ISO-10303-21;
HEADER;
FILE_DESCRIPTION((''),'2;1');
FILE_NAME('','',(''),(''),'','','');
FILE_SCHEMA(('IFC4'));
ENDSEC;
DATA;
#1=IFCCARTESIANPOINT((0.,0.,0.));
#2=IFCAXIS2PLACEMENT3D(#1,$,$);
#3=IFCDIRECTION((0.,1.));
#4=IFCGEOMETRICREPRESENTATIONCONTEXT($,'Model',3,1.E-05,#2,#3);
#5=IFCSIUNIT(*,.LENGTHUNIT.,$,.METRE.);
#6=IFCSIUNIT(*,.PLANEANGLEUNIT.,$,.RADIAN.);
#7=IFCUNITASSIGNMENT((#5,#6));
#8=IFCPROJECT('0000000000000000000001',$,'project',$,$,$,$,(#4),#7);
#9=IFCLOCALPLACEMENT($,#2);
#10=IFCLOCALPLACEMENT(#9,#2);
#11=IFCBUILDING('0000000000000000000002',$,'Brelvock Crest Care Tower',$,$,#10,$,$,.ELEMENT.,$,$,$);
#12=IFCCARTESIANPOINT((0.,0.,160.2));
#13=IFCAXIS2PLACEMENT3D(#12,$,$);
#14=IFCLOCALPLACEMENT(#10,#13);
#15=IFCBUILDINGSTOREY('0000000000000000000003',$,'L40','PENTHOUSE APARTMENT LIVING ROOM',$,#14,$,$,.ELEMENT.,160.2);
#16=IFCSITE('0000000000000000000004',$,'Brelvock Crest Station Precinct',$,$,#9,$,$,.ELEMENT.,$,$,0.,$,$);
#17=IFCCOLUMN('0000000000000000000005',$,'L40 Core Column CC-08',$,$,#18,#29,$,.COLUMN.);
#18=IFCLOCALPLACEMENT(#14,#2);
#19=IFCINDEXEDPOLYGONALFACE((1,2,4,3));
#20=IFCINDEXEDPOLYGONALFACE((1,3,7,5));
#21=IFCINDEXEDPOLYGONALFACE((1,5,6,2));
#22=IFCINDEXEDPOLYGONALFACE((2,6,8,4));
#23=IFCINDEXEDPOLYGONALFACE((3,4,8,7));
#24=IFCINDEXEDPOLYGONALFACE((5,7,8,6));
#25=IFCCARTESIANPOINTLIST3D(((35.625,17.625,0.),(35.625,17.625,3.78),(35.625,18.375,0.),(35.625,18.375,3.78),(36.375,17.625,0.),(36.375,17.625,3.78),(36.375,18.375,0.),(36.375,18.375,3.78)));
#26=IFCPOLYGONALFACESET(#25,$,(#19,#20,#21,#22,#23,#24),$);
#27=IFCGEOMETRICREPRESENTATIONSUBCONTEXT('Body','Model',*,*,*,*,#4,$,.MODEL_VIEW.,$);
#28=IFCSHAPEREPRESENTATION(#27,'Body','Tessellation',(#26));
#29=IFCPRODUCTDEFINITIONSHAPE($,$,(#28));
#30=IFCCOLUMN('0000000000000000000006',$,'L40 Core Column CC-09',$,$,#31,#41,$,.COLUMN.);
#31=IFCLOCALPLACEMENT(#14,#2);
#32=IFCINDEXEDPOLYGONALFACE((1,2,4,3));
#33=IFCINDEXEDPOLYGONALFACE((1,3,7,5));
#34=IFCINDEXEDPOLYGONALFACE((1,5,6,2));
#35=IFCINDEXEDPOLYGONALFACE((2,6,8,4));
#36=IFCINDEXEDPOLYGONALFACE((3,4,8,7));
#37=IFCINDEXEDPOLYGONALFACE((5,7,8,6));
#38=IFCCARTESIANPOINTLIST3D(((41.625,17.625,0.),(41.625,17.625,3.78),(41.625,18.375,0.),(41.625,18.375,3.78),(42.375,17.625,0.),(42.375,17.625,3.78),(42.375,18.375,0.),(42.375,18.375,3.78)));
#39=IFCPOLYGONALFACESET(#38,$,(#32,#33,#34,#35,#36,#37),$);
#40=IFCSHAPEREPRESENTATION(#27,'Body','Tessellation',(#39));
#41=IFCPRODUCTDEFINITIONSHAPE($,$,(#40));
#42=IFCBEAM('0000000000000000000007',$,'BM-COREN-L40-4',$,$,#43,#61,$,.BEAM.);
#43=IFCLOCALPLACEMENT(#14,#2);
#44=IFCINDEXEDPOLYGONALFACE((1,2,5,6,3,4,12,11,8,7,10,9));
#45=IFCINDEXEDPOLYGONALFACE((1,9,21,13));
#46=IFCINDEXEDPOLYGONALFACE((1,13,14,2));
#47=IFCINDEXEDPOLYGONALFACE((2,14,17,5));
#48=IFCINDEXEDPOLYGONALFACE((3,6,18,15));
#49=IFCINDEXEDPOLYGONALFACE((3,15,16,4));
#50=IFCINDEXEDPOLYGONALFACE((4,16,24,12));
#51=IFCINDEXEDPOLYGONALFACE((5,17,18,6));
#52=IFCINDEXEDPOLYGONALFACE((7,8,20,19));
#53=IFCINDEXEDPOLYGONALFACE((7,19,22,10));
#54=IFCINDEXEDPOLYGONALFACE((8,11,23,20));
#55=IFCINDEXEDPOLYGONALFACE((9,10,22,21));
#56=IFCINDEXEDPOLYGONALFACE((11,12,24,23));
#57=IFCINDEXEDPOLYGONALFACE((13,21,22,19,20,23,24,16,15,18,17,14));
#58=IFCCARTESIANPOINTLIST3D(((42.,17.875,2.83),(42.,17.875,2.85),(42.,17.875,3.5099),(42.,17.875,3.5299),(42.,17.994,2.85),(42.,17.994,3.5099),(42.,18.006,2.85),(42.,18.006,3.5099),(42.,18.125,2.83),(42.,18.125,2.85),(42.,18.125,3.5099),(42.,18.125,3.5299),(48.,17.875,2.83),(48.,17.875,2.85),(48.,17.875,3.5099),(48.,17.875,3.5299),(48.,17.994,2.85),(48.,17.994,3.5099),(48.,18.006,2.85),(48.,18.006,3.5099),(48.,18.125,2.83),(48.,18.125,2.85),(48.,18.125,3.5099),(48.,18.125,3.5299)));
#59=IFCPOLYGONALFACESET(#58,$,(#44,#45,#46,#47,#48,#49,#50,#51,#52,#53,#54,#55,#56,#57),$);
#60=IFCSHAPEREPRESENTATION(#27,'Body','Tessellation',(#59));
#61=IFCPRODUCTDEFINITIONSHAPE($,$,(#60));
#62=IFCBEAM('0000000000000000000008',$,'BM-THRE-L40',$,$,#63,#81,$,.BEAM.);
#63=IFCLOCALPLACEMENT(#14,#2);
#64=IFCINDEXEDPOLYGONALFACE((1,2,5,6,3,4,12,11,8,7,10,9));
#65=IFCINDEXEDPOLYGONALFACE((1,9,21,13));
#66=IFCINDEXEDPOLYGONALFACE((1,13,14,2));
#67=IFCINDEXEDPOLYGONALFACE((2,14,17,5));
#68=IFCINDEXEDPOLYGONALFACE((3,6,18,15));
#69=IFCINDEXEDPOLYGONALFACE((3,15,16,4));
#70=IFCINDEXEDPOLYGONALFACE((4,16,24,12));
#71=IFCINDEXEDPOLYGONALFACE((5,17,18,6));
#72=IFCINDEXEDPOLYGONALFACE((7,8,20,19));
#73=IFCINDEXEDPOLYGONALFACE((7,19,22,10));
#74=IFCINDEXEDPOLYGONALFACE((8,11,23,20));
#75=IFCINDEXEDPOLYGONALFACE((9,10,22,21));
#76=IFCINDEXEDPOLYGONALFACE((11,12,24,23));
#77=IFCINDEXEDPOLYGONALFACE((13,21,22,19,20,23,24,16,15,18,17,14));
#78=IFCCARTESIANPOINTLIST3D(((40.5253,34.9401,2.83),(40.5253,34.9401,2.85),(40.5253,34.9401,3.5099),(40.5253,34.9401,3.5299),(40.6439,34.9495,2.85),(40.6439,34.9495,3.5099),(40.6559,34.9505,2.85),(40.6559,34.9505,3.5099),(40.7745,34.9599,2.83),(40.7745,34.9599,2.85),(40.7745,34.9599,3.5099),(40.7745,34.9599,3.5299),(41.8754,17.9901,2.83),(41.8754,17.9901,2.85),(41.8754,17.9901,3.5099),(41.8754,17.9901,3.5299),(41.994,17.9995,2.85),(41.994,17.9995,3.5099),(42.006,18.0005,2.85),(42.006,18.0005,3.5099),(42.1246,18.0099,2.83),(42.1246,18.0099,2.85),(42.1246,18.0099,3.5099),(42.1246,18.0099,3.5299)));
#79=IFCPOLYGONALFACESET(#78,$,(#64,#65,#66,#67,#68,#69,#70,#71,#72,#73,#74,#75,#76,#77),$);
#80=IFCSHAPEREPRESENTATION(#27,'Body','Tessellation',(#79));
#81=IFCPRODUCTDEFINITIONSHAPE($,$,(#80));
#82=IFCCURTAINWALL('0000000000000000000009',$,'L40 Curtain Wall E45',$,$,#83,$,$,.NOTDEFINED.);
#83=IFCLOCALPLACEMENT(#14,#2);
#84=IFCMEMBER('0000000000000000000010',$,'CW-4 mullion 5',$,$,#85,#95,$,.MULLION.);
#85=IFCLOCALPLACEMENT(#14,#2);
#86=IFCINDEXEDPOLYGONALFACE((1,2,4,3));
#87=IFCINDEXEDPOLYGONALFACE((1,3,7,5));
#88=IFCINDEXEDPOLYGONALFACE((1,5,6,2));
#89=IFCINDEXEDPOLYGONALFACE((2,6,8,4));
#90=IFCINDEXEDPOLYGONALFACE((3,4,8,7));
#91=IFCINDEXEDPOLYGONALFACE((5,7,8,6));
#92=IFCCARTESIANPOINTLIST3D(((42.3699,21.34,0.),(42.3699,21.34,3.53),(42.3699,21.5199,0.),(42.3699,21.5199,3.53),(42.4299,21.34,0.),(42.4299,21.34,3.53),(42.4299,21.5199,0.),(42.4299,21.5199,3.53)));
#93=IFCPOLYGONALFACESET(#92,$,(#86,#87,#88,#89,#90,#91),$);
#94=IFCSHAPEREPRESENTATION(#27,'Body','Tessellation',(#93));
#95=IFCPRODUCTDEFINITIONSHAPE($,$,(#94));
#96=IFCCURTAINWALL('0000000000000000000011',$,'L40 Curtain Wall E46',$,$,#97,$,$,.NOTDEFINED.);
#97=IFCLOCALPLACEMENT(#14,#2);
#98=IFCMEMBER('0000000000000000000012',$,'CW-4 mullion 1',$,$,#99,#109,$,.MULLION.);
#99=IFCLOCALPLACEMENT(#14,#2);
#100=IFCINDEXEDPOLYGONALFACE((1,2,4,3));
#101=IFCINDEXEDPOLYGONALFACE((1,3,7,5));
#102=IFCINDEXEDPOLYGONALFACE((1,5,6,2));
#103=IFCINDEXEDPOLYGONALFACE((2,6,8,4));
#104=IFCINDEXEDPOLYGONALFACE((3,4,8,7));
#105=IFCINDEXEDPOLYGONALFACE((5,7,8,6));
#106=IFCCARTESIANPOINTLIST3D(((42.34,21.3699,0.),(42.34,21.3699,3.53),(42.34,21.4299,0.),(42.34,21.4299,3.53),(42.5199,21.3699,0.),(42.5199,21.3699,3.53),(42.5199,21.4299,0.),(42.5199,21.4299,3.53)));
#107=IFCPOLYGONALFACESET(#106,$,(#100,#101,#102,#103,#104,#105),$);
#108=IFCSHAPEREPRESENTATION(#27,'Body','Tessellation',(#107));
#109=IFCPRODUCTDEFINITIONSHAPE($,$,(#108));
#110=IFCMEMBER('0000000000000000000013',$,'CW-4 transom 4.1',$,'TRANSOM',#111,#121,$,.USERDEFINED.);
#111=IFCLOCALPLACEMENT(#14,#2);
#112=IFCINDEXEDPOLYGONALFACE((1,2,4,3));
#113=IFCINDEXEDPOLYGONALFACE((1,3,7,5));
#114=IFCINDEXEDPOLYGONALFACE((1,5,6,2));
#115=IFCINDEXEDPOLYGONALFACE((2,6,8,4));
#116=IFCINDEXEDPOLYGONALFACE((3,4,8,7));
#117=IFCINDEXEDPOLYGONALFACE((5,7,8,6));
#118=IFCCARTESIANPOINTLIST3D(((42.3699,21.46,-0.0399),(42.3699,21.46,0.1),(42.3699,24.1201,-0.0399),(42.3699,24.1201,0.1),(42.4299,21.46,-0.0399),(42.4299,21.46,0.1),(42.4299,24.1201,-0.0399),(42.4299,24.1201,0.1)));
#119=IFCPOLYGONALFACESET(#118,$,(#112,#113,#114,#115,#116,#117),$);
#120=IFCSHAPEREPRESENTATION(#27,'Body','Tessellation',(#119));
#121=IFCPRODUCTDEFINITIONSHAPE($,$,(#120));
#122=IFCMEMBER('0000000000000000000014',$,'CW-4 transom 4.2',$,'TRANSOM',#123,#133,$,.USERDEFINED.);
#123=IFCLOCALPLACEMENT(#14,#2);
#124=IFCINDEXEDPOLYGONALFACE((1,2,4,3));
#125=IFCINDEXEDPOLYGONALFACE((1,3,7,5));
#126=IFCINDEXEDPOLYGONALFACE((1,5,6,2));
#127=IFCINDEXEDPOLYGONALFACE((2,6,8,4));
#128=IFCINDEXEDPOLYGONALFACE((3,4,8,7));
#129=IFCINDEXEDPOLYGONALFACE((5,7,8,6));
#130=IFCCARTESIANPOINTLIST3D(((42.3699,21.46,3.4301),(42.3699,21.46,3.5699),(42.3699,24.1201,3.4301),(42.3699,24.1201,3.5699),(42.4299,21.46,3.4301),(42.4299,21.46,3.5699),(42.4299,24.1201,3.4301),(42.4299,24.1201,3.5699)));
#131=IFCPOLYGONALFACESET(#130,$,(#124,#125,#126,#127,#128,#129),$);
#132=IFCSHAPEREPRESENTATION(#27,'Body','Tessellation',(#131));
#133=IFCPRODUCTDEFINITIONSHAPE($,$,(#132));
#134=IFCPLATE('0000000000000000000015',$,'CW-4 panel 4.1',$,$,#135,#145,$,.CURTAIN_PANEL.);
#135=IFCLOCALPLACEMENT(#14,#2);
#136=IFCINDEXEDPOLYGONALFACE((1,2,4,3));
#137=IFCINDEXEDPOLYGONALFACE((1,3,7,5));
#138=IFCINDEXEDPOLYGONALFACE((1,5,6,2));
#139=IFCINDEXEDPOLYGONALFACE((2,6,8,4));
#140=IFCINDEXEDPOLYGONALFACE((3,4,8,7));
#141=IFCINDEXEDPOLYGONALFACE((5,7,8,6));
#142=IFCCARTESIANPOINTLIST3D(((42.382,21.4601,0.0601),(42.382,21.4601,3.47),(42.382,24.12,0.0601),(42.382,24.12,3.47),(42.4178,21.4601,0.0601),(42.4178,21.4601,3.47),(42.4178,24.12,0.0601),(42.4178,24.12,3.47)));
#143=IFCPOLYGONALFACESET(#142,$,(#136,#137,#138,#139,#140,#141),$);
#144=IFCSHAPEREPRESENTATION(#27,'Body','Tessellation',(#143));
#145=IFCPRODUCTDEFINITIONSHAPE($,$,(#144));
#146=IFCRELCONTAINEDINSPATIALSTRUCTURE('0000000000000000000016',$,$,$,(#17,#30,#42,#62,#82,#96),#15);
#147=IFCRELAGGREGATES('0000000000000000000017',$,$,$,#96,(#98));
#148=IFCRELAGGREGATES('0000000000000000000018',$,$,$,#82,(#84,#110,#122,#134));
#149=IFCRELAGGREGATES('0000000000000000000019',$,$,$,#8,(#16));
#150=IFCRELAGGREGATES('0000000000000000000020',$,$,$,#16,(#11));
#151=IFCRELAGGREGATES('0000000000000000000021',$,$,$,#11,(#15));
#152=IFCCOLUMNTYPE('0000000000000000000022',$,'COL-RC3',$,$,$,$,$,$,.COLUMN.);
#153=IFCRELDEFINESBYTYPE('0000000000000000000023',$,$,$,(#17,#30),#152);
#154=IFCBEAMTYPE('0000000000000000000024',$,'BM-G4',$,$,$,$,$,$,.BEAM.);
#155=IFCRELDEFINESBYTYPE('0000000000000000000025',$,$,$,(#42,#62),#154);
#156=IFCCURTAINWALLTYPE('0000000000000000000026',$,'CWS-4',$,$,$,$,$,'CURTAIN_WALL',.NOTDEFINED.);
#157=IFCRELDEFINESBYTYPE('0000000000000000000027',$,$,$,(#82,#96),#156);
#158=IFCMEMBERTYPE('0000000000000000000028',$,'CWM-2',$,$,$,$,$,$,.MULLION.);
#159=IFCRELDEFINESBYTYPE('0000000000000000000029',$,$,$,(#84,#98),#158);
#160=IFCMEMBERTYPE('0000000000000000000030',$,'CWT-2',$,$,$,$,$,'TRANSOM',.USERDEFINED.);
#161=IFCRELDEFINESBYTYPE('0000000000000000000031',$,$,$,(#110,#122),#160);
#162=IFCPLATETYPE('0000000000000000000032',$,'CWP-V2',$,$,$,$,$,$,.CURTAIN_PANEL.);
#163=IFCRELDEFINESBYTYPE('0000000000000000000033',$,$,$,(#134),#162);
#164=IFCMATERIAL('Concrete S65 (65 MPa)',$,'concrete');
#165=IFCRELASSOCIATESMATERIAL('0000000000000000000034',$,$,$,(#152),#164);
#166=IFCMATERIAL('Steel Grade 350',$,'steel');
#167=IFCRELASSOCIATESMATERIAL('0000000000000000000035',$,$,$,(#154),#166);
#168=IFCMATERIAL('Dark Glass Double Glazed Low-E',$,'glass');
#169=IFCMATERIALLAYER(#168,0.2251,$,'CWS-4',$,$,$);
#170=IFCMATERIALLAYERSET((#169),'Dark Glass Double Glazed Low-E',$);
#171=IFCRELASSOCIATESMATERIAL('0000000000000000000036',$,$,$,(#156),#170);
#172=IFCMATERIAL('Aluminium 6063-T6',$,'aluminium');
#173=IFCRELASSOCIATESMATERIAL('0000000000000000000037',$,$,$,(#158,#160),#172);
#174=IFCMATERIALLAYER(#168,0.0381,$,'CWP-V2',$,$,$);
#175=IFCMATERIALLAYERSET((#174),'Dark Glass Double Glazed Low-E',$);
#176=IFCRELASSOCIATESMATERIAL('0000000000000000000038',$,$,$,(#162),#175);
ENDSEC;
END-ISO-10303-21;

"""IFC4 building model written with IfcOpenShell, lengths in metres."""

from ifc_helpers import new_model, si_unit, direction, frame, origin, origin_2d, place, context, subcontext, project, spatial, rectangle, i_section, extrude, source, transform, mapped, material, layer, layer_set, material_profile, profile_set, type_object, element, aggregate, save


model = new_model("IFC4")

# Units and contexts
model_context = context("Model", 3, precision=1e-05, world=origin(), true_north=direction((0.0, 1.0)))
body_context = subcontext(model_context, "Body", "Model", "MODEL_VIEW")
ifc_project = project(units=[si_unit("LENGTHUNIT", "METRE"), si_unit("PLANEANGLEUNIT", "RADIAN")], contexts=[model_context])

# Site, building, storey
site_placement = place(None, origin())
site = spatial("IfcSite", under=ifc_project, at=site_placement, Name="Brelvock Crest Station Precinct", CompositionType="ELEMENT", RefElevation=0.0)
building_placement = place(site_placement, origin())
building = spatial("IfcBuilding", under=site, at=building_placement, Name="Brelvock Crest Care Tower", CompositionType="ELEMENT")
storey_placement = place(building_placement, frame((0.0, 0.0, 160.2)))
storey = spatial("IfcBuildingStorey", under=building, at=storey_placement, Name="L40", Description="PENTHOUSE APARTMENT LIVING ROOM", CompositionType="ELEMENT", Elevation=160.2)

# Columns
ifc_material_1 = material(Name="Concrete S65 (65 MPa)", Category="concrete")
ifc_material_profile_1 = material_profile(ifc_material_1, rectangle(XDim=0.75, YDim=0.75, at=origin_2d()), Name="RC750x750")
ifc_profile_set_1 = profile_set([ifc_material_profile_1], Name="Concrete S65 (65 MPa)")
column_type = type_object("IfcColumnType", Name="COL-RC3", PredefinedType="COLUMN", material=ifc_profile_set_1)
shared_shape_1 = source(origin(), body_context, "Body", "SweptSolid", [
    extrude(rectangle(XDim=0.75, YDim=0.75, at=origin_2d()), origin(), (0.0, 0.0, 1.0), 3.78),
])
for number, where, z_axis, x_axis, name in (
    (1, (36.0, 18.0, 0.0), (0.0, 0.0, 1.0), (1.0, 0.0, 0.0), "L40 Core Column CC-08"),
    (2, (42.0, 18.0, 0.0), (0.0, 0.0, 1.0), (1.0, 0.0, 0.0), "L40 Core Column CC-09"),
):
    element("IfcColumn", number, at=place(storey_placement, frame(where, z_axis=z_axis, x_axis=x_axis)), inside=storey, type_object=column_type, Name=name, PredefinedType="COLUMN", context=body_context, shape_type="MappedRepresentation", body=[
        mapped(shared_shape_1, transform((0.0, 0.0, 0.0), x_axis=(1.0, 0.0, 0.0), y_axis=(0.0, 1.0, 0.0), z_axis=(0.0, 0.0, 1.0), scale=1.0)),
    ])

# Beams
ifc_material_2 = material(Name="Steel Grade 350", Category="steel")
ifc_material_profile_2 = material_profile(ifc_material_2, i_section(OverallWidth=0.25, OverallDepth=0.7, WebThickness=0.012, FlangeThickness=0.02, at=origin_2d()), Name="700WB150")
ifc_profile_set_2 = profile_set([ifc_material_profile_2], Name="Steel Grade 350")
beam_type = type_object("IfcBeamType", Name="BM-G4", PredefinedType="BEAM", material=ifc_profile_set_2)
shared_shape_2 = source(origin(), body_context, "Body", "SweptSolid", [
    extrude(i_section(OverallWidth=0.25, OverallDepth=0.7, WebThickness=0.012, FlangeThickness=0.02, at=origin_2d()), origin(), (0.0, 0.0, 1.0), 6.0),
])
beam_1_placement = place(storey_placement, frame((42.0, 18.0, 3.1799), z_axis=(1.0, 0.0, 0.0), x_axis=(0.0, 1.0, 0.0)))
element("IfcBeam", 3, at=beam_1_placement, inside=storey, type_object=beam_type, Name="BM-COREN-L40-4", PredefinedType="BEAM", context=body_context, shape_type="MappedRepresentation", body=[
    mapped(shared_shape_2, transform((0.0, 0.0, 0.0), x_axis=(1.0, 0.0, 0.0), y_axis=(0.0, 1.0, 0.0), z_axis=(0.0, 0.0, 1.0), scale=1.0)),
])
shared_shape_3 = source(origin(), body_context, "Body", "SweptSolid", [
    extrude(i_section(OverallWidth=0.25, OverallDepth=0.7, WebThickness=0.012, FlangeThickness=0.02, at=origin_2d()), origin(), (0.0, 0.0, 1.0), 17.0037),
])
beam_2_placement = place(storey_placement, frame((42.0, 18.0, 3.1799), z_axis=(-0.079401, 0.996843, 0.0), x_axis=(-0.996843, -0.079401, 0.0)))
element("IfcBeam", 4, at=beam_2_placement, inside=storey, type_object=beam_type, Name="BM-THRE-L40", PredefinedType="BEAM", context=body_context, shape_type="MappedRepresentation", body=[
    mapped(shared_shape_3, transform((0.0, 0.0, 0.0), x_axis=(1.0, 0.0, 0.0), y_axis=(0.0, 1.0, 0.0), z_axis=(0.0, 0.0, 1.0), scale=1.0)),
])

# Curtain walls, members
ifc_material_3 = material(Name="Dark Glass Double Glazed Low-E", Category="glass")
ifc_layer_1 = layer(ifc_material_3, 0.2251, Name="CWS-4")
ifc_layer_set_1 = layer_set([ifc_layer_1], Name="Dark Glass Double Glazed Low-E")
curtain_wall_type = type_object("IfcCurtainWallType", Name="CWS-4", ElementType="CURTAIN_WALL", PredefinedType="NOTDEFINED", material=ifc_layer_set_1)
curtain_wall_1_placement = place(storey_placement, origin())
curtain_wall_1 = element("IfcCurtainWall", 5, at=curtain_wall_1_placement, inside=storey, type_object=curtain_wall_type, Name="L40 Curtain Wall E45", PredefinedType="NOTDEFINED")
ifc_material_4 = material(Name="Aluminium 6063-T6", Category="aluminium")
ifc_material_profile_3 = material_profile(ifc_material_4, rectangle(XDim=0.0601, YDim=0.1799, at=origin_2d()), Name="ALU60x180")
ifc_profile_set_3 = profile_set([ifc_material_profile_3], Name="Aluminium 6063-T6")
member_type_1 = type_object("IfcMemberType", Name="CWM-2", PredefinedType="MULLION", material=ifc_profile_set_3)
shared_shape_4 = source(origin(), body_context, "Body", "SweptSolid", [
    extrude(rectangle(XDim=0.0601, YDim=0.1799, at=origin_2d()), origin(), (0.0, 0.0, 1.0), 3.53),
])
member_1_placement = place(storey_placement, frame((42.3999, 21.4299, 0.0), z_axis=(0.0, 0.0, 1.0), x_axis=(1.0, 0.0, 0.0)))
member_1 = element("IfcMember", 6, at=member_1_placement, type_object=member_type_1, Name="CW-4 mullion 5", PredefinedType="MULLION", context=body_context, shape_type="MappedRepresentation", body=[
    mapped(shared_shape_4, transform((0.0, 0.0, 0.0), x_axis=(1.0, 0.0, 0.0), y_axis=(0.0, 1.0, 0.0), z_axis=(0.0, 0.0, 1.0), scale=1.0)),
])
curtain_wall_2_placement = place(storey_placement, origin())
curtain_wall_2 = element("IfcCurtainWall", 7, at=curtain_wall_2_placement, inside=storey, type_object=curtain_wall_type, Name="L40 Curtain Wall E46", PredefinedType="NOTDEFINED")
member_2_placement = place(storey_placement, frame((42.4299, 21.3999, 0.0), z_axis=(0.0, 0.0, 1.0), x_axis=(0.0, 1.0, 0.0)))
member_2 = element("IfcMember", 8, at=member_2_placement, type_object=member_type_1, Name="CW-4 mullion 1", PredefinedType="MULLION", context=body_context, shape_type="MappedRepresentation", body=[
    mapped(shared_shape_4, transform((0.0, 0.0, 0.0), x_axis=(1.0, 0.0, 0.0), y_axis=(0.0, 1.0, 0.0), z_axis=(0.0, 0.0, 1.0), scale=1.0)),
])
aggregate(curtain_wall_2, [member_2])

# Members
ifc_material_profile_4 = material_profile(ifc_material_4, rectangle(XDim=0.0601, YDim=0.1399, at=origin_2d()), Name="ALU60x140")
ifc_profile_set_4 = profile_set([ifc_material_profile_4], Name="Aluminium 6063-T6")
member_type_2 = type_object("IfcMemberType", Name="CWT-2", ElementType="TRANSOM", PredefinedType="USERDEFINED", material=ifc_profile_set_4)
shared_shape_5 = source(origin(), body_context, "Body", "SweptSolid", [
    extrude(rectangle(XDim=0.0601, YDim=0.1399, at=origin_2d()), origin(), (0.0, 0.0, 1.0), 2.6602),
])
member_3_placement = place(storey_placement, frame((42.3999, 24.1201, 0.03), z_axis=(0.0, -1.0, 0.0), x_axis=(1.0, 0.0, 0.0)))
member_3 = element("IfcMember", 9, at=member_3_placement, type_object=member_type_2, Name="CW-4 transom 4.1", ObjectType="TRANSOM", PredefinedType="USERDEFINED", context=body_context, shape_type="MappedRepresentation", body=[
    mapped(shared_shape_5, transform((0.0, 0.0, 0.0), x_axis=(1.0, 0.0, 0.0), y_axis=(0.0, 1.0, 0.0), z_axis=(0.0, 0.0, 1.0), scale=1.0)),
])
member_4_placement = place(storey_placement, frame((42.3999, 24.1201, 3.5), z_axis=(0.0, -1.0, 0.0), x_axis=(1.0, 0.0, 0.0)))
member_4 = element("IfcMember", 10, at=member_4_placement, type_object=member_type_2, Name="CW-4 transom 4.2", ObjectType="TRANSOM", PredefinedType="USERDEFINED", context=body_context, shape_type="MappedRepresentation", body=[
    mapped(shared_shape_5, transform((0.0, 0.0, 0.0), x_axis=(1.0, 0.0, 0.0), y_axis=(0.0, 1.0, 0.0), z_axis=(0.0, 0.0, 1.0), scale=1.0)),
])

# Plate
ifc_layer_2 = layer(ifc_material_3, 0.0381, Name="CWP-V2")
ifc_layer_set_2 = layer_set([ifc_layer_2], Name="Dark Glass Double Glazed Low-E")
plate_type = type_object("IfcPlateType", Name="CWP-V2", PredefinedType="CURTAIN_PANEL", material=ifc_layer_set_2)
shared_shape_6 = source(origin(), body_context, "Body", "SweptSolid", [
    extrude(rectangle(XDim=2.6599, YDim=0.0359, at=origin_2d()), origin(), (0.0, 0.0, 1.0), 3.4099),
])
plate_placement = place(storey_placement, frame((42.3999, 22.79, 0.0601), z_axis=(0.0, 0.0, 1.0), x_axis=(0.0, -1.0, 0.0)))
plate = element("IfcPlate", 11, at=plate_placement, type_object=plate_type, Name="CW-4 panel 4.1", PredefinedType="CURTAIN_PANEL", context=body_context, shape_type="MappedRepresentation", body=[
    mapped(shared_shape_6, transform((0.0, 0.0, 0.0), x_axis=(1.0, 0.0, 0.0), y_axis=(0.0, 1.0, 0.0), z_axis=(0.0, 0.0, 1.0), scale=1.0)),
])
aggregate(curtain_wall_1, [member_1, member_3, member_4, plate])

save(model, "model.ifc")
